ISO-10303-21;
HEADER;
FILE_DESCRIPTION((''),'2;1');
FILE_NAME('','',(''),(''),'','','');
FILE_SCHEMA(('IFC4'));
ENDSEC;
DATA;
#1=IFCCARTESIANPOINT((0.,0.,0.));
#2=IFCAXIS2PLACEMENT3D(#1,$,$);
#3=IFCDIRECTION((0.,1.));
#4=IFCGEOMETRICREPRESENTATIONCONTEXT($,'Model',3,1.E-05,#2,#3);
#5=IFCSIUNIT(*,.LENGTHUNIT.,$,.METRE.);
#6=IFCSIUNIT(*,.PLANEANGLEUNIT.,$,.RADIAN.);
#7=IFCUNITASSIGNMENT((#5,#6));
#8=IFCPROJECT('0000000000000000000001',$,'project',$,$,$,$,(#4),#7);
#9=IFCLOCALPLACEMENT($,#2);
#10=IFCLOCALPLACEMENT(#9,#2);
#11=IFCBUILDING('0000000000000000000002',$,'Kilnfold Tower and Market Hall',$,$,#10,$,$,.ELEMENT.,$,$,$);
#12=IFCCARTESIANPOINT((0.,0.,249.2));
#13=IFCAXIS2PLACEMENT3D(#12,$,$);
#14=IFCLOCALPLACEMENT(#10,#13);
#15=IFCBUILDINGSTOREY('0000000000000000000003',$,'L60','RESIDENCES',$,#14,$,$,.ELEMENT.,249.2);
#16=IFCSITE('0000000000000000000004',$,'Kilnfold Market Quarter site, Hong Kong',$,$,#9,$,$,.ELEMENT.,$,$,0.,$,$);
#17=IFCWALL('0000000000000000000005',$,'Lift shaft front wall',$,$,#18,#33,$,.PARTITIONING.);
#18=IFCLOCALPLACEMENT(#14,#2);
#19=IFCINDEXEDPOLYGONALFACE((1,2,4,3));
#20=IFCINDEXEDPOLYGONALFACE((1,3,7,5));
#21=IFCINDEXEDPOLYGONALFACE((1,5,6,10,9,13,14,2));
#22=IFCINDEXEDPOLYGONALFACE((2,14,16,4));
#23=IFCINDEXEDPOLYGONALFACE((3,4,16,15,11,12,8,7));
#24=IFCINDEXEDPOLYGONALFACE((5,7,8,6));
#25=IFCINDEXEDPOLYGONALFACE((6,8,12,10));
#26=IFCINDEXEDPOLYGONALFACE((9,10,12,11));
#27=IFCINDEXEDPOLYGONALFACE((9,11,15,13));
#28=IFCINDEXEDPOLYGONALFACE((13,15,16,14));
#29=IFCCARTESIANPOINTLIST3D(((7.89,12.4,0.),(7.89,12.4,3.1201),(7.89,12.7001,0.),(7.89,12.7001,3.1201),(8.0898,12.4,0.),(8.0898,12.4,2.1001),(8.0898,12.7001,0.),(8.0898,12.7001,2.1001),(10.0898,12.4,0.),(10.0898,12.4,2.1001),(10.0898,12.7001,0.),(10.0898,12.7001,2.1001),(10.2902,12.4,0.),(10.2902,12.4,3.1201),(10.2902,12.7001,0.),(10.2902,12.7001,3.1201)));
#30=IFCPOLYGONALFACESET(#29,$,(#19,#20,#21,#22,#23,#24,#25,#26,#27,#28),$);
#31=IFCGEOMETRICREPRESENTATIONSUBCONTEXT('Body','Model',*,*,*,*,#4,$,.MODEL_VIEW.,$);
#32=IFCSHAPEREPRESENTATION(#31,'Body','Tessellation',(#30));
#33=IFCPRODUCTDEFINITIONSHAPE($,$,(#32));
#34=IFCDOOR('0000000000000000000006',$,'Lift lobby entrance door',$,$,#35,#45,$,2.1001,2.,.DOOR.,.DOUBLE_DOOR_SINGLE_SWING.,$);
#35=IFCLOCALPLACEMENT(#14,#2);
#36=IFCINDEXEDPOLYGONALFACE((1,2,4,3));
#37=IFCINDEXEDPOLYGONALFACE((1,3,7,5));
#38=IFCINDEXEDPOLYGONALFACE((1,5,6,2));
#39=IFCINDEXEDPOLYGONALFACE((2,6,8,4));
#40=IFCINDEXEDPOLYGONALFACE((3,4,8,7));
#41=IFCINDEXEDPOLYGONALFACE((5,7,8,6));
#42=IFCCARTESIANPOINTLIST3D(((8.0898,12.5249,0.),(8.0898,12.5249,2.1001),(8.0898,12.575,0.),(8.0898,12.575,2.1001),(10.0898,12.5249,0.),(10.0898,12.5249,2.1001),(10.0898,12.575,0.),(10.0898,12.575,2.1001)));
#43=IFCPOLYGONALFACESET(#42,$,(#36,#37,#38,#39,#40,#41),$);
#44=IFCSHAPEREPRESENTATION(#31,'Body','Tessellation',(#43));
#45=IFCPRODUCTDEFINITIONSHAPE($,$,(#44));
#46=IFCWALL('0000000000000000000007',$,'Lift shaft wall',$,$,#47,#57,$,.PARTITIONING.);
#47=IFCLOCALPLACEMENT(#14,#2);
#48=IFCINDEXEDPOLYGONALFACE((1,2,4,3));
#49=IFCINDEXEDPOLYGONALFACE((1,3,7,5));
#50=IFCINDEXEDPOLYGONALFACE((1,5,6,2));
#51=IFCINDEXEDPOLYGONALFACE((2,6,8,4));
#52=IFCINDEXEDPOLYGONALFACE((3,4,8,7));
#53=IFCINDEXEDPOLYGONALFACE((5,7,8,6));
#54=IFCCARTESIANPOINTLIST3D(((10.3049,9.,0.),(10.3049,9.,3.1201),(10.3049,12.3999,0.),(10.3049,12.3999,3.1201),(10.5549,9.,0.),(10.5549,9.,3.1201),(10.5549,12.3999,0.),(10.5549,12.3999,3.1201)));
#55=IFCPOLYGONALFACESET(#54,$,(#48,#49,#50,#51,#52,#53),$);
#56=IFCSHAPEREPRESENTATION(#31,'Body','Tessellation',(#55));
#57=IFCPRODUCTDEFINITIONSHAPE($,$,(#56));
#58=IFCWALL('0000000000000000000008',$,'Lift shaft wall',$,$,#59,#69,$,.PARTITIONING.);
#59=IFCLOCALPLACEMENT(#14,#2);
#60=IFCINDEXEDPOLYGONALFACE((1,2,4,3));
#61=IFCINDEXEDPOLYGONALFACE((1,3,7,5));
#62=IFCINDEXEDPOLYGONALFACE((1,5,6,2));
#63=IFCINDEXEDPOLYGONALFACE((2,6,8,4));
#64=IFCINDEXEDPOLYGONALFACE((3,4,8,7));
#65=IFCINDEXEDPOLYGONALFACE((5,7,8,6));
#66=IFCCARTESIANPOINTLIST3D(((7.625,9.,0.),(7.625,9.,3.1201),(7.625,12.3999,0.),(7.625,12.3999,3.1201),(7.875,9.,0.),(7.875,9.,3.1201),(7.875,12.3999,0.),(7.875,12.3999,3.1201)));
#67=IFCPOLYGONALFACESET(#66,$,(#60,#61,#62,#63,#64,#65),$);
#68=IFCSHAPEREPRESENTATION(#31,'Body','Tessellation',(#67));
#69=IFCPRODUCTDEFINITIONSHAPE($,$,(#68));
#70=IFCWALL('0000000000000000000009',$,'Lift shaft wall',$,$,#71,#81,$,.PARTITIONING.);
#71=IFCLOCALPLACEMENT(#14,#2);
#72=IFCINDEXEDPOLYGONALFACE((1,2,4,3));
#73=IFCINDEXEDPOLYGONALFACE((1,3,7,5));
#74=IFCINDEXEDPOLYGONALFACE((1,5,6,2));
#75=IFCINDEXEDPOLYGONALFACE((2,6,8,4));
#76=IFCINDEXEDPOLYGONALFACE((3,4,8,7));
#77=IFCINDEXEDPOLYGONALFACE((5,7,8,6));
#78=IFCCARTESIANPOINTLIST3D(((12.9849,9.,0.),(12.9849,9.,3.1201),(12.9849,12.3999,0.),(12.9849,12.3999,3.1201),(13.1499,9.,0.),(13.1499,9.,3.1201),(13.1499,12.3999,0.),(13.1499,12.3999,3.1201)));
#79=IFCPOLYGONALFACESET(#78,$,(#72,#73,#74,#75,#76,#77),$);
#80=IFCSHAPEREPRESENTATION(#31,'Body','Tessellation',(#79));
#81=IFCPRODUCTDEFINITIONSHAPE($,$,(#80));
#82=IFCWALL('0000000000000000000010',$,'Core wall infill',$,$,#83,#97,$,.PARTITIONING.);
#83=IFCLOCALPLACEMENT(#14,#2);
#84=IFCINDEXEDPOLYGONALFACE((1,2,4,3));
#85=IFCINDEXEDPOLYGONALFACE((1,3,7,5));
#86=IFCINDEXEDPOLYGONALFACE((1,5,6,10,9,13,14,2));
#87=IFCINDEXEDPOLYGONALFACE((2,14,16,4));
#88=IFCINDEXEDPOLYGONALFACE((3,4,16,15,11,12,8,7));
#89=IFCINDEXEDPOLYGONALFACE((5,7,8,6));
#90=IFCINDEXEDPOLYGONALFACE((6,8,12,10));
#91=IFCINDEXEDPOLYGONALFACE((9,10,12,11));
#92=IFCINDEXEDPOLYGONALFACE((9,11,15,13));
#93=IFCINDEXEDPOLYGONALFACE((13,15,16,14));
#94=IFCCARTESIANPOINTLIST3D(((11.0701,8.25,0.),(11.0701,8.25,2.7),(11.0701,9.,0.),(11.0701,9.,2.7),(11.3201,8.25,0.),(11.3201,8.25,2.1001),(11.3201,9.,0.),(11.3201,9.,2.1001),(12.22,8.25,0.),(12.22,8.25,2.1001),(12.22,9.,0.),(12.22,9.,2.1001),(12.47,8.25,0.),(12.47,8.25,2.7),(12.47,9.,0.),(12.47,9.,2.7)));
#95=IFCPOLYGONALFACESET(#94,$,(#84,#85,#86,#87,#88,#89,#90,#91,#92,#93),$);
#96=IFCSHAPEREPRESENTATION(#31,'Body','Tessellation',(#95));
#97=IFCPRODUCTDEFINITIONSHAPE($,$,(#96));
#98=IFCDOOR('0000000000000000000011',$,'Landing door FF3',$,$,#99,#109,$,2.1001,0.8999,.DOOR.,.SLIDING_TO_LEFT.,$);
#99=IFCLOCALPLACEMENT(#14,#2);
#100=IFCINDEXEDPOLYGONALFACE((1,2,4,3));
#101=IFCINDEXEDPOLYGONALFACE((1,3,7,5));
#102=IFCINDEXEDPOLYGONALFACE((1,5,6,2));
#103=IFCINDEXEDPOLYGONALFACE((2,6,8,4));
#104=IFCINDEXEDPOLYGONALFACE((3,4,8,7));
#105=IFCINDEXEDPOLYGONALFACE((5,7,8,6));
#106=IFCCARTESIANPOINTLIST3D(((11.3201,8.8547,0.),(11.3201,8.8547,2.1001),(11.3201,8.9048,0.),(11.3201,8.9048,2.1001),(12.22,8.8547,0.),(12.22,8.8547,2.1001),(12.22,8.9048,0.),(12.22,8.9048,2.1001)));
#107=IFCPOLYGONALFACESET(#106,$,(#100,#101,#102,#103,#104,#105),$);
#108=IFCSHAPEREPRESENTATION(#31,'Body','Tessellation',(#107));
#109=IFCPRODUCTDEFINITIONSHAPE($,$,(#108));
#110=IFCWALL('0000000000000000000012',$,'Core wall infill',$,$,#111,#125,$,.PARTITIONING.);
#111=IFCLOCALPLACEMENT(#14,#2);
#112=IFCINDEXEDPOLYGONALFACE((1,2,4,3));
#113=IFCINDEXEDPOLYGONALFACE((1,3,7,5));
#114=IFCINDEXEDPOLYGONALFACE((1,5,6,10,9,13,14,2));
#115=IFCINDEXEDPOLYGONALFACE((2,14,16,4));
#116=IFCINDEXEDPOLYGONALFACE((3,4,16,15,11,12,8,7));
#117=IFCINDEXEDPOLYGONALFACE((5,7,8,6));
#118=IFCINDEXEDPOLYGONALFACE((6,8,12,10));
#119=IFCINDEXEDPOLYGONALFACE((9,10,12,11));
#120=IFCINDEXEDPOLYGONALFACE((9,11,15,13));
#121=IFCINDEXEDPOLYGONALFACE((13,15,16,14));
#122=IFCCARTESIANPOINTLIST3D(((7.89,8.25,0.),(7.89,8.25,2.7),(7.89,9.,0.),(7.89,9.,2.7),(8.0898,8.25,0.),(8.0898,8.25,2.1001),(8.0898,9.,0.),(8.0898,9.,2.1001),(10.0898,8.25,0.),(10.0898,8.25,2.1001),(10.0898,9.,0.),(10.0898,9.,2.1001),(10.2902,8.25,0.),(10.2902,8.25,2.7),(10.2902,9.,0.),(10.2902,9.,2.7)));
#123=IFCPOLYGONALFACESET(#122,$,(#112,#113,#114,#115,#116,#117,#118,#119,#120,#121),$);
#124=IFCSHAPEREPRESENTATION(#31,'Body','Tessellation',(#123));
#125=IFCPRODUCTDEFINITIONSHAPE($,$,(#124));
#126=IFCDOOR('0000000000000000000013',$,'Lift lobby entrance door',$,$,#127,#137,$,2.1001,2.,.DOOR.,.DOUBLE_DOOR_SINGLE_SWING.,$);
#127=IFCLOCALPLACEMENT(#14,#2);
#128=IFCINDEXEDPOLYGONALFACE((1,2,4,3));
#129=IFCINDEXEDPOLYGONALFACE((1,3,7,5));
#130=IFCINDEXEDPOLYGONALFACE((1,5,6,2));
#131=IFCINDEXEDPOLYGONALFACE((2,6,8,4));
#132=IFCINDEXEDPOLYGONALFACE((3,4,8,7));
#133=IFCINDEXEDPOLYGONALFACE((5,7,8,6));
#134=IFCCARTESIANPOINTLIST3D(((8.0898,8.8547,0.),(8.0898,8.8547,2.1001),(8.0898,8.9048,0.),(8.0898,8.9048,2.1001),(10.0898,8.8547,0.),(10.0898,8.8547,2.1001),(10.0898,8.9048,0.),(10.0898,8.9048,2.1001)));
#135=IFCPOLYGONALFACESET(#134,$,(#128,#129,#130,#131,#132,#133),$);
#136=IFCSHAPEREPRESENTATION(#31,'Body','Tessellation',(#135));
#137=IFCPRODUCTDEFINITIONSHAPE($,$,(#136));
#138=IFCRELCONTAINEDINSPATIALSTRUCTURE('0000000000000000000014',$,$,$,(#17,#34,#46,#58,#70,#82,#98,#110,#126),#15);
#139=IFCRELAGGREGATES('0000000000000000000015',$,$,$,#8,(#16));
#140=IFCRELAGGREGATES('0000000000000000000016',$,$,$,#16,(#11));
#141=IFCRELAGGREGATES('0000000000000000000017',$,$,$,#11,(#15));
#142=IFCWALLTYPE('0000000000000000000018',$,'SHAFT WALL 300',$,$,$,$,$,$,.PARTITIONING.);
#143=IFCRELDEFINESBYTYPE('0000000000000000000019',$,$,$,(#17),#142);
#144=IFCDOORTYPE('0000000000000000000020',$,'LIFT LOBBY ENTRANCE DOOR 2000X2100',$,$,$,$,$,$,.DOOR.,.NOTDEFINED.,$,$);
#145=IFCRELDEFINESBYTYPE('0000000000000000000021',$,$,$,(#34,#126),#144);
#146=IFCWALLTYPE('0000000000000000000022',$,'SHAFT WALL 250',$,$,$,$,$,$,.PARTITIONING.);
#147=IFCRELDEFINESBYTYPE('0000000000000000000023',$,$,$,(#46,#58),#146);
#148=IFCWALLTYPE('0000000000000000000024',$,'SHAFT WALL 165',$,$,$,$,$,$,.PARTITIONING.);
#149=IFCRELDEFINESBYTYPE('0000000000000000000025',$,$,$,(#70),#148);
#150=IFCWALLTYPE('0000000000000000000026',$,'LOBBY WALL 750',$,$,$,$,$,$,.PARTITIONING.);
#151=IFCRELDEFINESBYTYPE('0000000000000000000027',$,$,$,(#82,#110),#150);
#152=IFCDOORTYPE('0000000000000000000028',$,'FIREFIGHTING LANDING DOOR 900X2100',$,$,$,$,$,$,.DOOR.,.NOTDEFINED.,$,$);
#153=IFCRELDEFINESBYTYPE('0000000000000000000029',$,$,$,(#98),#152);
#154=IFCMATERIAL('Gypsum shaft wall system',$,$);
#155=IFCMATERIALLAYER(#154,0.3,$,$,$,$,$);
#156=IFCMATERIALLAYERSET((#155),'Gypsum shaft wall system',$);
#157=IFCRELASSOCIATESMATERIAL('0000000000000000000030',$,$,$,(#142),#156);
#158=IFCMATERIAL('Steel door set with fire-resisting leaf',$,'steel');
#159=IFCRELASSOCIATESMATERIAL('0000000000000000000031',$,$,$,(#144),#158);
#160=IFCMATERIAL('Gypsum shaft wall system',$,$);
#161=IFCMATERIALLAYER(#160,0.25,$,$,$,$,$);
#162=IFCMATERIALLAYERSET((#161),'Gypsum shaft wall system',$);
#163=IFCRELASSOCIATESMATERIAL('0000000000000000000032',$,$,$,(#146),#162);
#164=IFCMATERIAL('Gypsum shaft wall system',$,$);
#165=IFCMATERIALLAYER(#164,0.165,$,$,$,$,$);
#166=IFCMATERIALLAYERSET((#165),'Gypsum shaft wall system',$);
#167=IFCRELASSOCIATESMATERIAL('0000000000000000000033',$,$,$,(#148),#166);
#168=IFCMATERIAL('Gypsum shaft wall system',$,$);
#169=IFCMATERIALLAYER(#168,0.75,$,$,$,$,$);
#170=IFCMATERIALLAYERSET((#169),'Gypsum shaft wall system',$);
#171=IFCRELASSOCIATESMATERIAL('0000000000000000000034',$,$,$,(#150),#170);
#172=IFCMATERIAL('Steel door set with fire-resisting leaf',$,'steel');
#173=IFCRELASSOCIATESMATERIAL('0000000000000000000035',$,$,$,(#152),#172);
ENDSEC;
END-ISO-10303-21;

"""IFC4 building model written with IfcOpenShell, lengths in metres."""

from ifc_helpers import new_model, si_unit, direction, frame, frame_2d, origin, place, context, subcontext, project, spatial, rectangle, extrude, source, transform, mapped, material, layer, layer_set, type_object, element, fill, save


model = new_model("IFC4")

# Units and contexts
model_context = context("Model", 3, precision=1e-05, world=origin(), true_north=direction((0.0, 1.0)))
body_context = subcontext(model_context, "Body", "Model", "MODEL_VIEW")
ifc_project = project(units=[si_unit("LENGTHUNIT", "METRE"), si_unit("PLANEANGLEUNIT", "RADIAN")], contexts=[model_context])

# Site, building, storey
site_placement = place(None, origin())
site = spatial("IfcSite", under=ifc_project, at=site_placement, Name="Kilnfold Market Quarter site, Hong Kong", CompositionType="ELEMENT", RefElevation=0.0)
building_placement = place(site_placement, origin())
building = spatial("IfcBuilding", under=site, at=building_placement, Name="Kilnfold Tower and Market Hall", CompositionType="ELEMENT")
storey_placement = place(building_placement, frame((0.0, 0.0, 249.2)))
storey = spatial("IfcBuildingStorey", under=building, at=storey_placement, Name="L60", Description="RESIDENCES", CompositionType="ELEMENT", Elevation=249.2)

# Wall, opening, door
ifc_material_1 = material(Name="Gypsum shaft wall system")
ifc_layer_1 = layer(ifc_material_1, 0.3)
ifc_layer_set_1 = layer_set([ifc_layer_1], Name="Gypsum shaft wall system")
wall_type_1 = type_object("IfcWallType", Name="SHAFT WALL 300", PredefinedType="PARTITIONING", material=ifc_layer_set_1)
shared_shape_1 = source(origin(), body_context, "Body", "SweptSolid", [
    extrude(rectangle(XDim=2.4001, YDim=0.3, at=frame_2d((1.2002, 0.0))), origin(), (0.0, 0.0, 1.0), 3.1201),
])
wall_1_placement = place(storey_placement, frame((7.8899, 12.55, 0.0), z_axis=(0.0, 0.0, 1.0), x_axis=(1.0, 0.0, 0.0)))
wall_1 = element("IfcWall", 1, at=wall_1_placement, inside=storey, type_object=wall_type_1, Name="Lift shaft front wall", PredefinedType="PARTITIONING", context=body_context, shape_type="MappedRepresentation", body=[
    mapped(shared_shape_1, transform((0.0, 0.0, 0.0))),
])
opening_1_placement = place(wall_1_placement, frame((0.2, 0.0, 0.0)))
opening_1 = element("IfcOpeningElement", 2, at=opening_1_placement, cuts=wall_1, PredefinedType="OPENING", context=body_context, shape_type="SweptSolid", body=[
    extrude(rectangle(XDim=2.0, YDim=2.1001, at=frame_2d((1.0, 1.05))), frame((0.0, 0.1602, 0.0), z_axis=(0.0, -1.0, 0.0), x_axis=(1.0, 0.0, 0.0)), (0.0, 0.0, 1.0), 0.3201),
])
ifc_material_2 = material(Name="Steel door set with fire-resisting leaf", Category="steel")
door_type_1 = type_object("IfcDoorType", Name="LIFT LOBBY ENTRANCE DOOR 2000X2100", OperationType="NOTDEFINED", PredefinedType="DOOR", material=ifc_material_2)
door_1_placement = place(opening_1_placement, origin())
door_1 = element("IfcDoor", 3, at=door_1_placement, inside=storey, type_object=door_type_1, Name="Lift lobby entrance door", OperationType="DOUBLE_DOOR_SINGLE_SWING", OverallHeight=2.1001, OverallWidth=2.0, PredefinedType="DOOR", context=body_context, shape_type="SweptSolid", body=[
    extrude(rectangle(XDim=2.0, YDim=2.1001, at=frame_2d((1.0, 1.05))), frame((0.0, 0.0249, 0.0), z_axis=(0.0, -1.0, 0.0), x_axis=(1.0, 0.0, 0.0)), (0.0, 0.0, 1.0), 0.05),
])
fill(opening_1, door_1)

# Walls
ifc_material_3 = material(Name="Gypsum shaft wall system")
ifc_layer_2 = layer(ifc_material_3, 0.25)
ifc_layer_set_2 = layer_set([ifc_layer_2], Name="Gypsum shaft wall system")
wall_type_2 = type_object("IfcWallType", Name="SHAFT WALL 250", PredefinedType="PARTITIONING", material=ifc_layer_set_2)
shared_shape_2 = source(origin(), body_context, "Body", "SweptSolid", [
    extrude(rectangle(XDim=3.3999, YDim=0.25, at=frame_2d((1.7, 0.0))), origin(), (0.0, 0.0, 1.0), 3.1201),
])
for number, where, z_axis, x_axis, name in (
    (4, (10.4299, 9.0, 0.0), (0.0, 0.0, 1.0), (0.0, 1.0, 0.0), "Lift shaft wall"),
    (5, (7.75, 9.0, 0.0), (0.0, 0.0, 1.0), (0.0, 1.0, 0.0), "Lift shaft wall"),
):
    element("IfcWall", number, at=place(storey_placement, frame(where, z_axis=z_axis, x_axis=x_axis)), inside=storey, type_object=wall_type_2, Name=name, PredefinedType="PARTITIONING", context=body_context, shape_type="MappedRepresentation", body=[
        mapped(shared_shape_2, transform((0.0, 0.0, 0.0))),
    ])
ifc_material_4 = material(Name="Gypsum shaft wall system")
ifc_layer_3 = layer(ifc_material_4, 0.165)
ifc_layer_set_3 = layer_set([ifc_layer_3], Name="Gypsum shaft wall system")
wall_type_3 = type_object("IfcWallType", Name="SHAFT WALL 165", PredefinedType="PARTITIONING", material=ifc_layer_set_3)
shared_shape_3 = source(origin(), body_context, "Body", "SweptSolid", [
    extrude(rectangle(XDim=3.3999, YDim=0.165, at=frame_2d((1.7, 0.0))), origin(), (0.0, 0.0, 1.0), 3.1201),
])
wall_2_placement = place(storey_placement, frame((13.0674, 9.0, 0.0), z_axis=(0.0, 0.0, 1.0), x_axis=(0.0, 1.0, 0.0)))
element("IfcWall", 6, at=wall_2_placement, inside=storey, type_object=wall_type_3, Name="Lift shaft wall", PredefinedType="PARTITIONING", context=body_context, shape_type="MappedRepresentation", body=[
    mapped(shared_shape_3, transform((0.0, 0.0, 0.0))),
])

# Walls, openings, doors
ifc_material_5 = material(Name="Gypsum shaft wall system")
ifc_layer_4 = layer(ifc_material_5, 0.75)
ifc_layer_set_4 = layer_set([ifc_layer_4], Name="Gypsum shaft wall system")
wall_type_4 = type_object("IfcWallType", Name="LOBBY WALL 750", PredefinedType="PARTITIONING", material=ifc_layer_set_4)
shared_shape_4 = source(origin(), body_context, "Body", "SweptSolid", [
    extrude(rectangle(XDim=1.3999, YDim=0.75, at=frame_2d((0.7, 0.0))), origin(), (0.0, 0.0, 1.0), 2.7),
])
wall_3_placement = place(storey_placement, frame((11.0701, 8.625, 0.0), z_axis=(0.0, 0.0, 1.0), x_axis=(1.0, 0.0, 0.0)))
wall_3 = element("IfcWall", 7, at=wall_3_placement, inside=storey, type_object=wall_type_4, Name="Core wall infill", PredefinedType="PARTITIONING", context=body_context, shape_type="MappedRepresentation", body=[
    mapped(shared_shape_4, transform((0.0, 0.0, 0.0))),
])
opening_2_placement = place(wall_3_placement, frame((0.25, 0.0, 0.0)))
opening_2 = element("IfcOpeningElement", 8, at=opening_2_placement, cuts=wall_3, PredefinedType="OPENING", context=body_context, shape_type="SweptSolid", body=[
    extrude(rectangle(XDim=0.8999, YDim=2.1001, at=frame_2d((0.45, 1.05))), frame((0.0, 0.385, 0.0), z_axis=(0.0, -1.0, 0.0), x_axis=(1.0, 0.0, 0.0)), (0.0, 0.0, 1.0), 0.77),
])
ifc_material_6 = material(Name="Steel door set with fire-resisting leaf", Category="steel")
door_type_2 = type_object("IfcDoorType", Name="FIREFIGHTING LANDING DOOR 900X2100", OperationType="NOTDEFINED", PredefinedType="DOOR", material=ifc_material_6)
door_2_placement = place(opening_2_placement, origin())
door_2 = element("IfcDoor", 9, at=door_2_placement, inside=storey, type_object=door_type_2, Name="Landing door FF3", OperationType="SLIDING_TO_LEFT", OverallHeight=2.1001, OverallWidth=0.8999, PredefinedType="DOOR", context=body_context, shape_type="SweptSolid", body=[
    extrude(rectangle(XDim=0.8999, YDim=2.1001, at=frame_2d((0.45, 1.05))), frame((0.0, 0.2798, 0.0), z_axis=(0.0, -1.0, 0.0), x_axis=(1.0, 0.0, 0.0)), (0.0, 0.0, 1.0), 0.05),
])
fill(opening_2, door_2)
shared_shape_5 = source(origin(), body_context, "Body", "SweptSolid", [
    extrude(rectangle(XDim=2.4001, YDim=0.75, at=frame_2d((1.2002, 0.0))), origin(), (0.0, 0.0, 1.0), 2.7),
])
wall_4_placement = place(storey_placement, frame((7.8899, 8.625, 0.0), z_axis=(0.0, 0.0, 1.0), x_axis=(1.0, 0.0, 0.0)))
wall_4 = element("IfcWall", 10, at=wall_4_placement, inside=storey, type_object=wall_type_4, Name="Core wall infill", PredefinedType="PARTITIONING", context=body_context, shape_type="MappedRepresentation", body=[
    mapped(shared_shape_5, transform((0.0, 0.0, 0.0))),
])
opening_3_placement = place(wall_4_placement, frame((0.2, 0.0, 0.0)))
opening_3 = element("IfcOpeningElement", 11, at=opening_3_placement, cuts=wall_4, PredefinedType="OPENING", context=body_context, shape_type="SweptSolid", body=[
    extrude(rectangle(XDim=2.0, YDim=2.1001, at=frame_2d((1.0, 1.05))), frame((0.0, 0.385, 0.0), z_axis=(0.0, -1.0, 0.0), x_axis=(1.0, 0.0, 0.0)), (0.0, 0.0, 1.0), 0.77),
])
door_3_placement = place(opening_3_placement, origin())
door_3 = element("IfcDoor", 12, at=door_3_placement, inside=storey, type_object=door_type_1, Name="Lift lobby entrance door", OperationType="DOUBLE_DOOR_SINGLE_SWING", OverallHeight=2.1001, OverallWidth=2.0, PredefinedType="DOOR", context=body_context, shape_type="SweptSolid", body=[
    extrude(rectangle(XDim=2.0, YDim=2.1001, at=frame_2d((1.0, 1.05))), frame((0.0, 0.2798, 0.0), z_axis=(0.0, -1.0, 0.0), x_axis=(1.0, 0.0, 0.0)), (0.0, 0.0, 1.0), 0.05),
])
fill(opening_3, door_3)

save(model, "model.ifc")
